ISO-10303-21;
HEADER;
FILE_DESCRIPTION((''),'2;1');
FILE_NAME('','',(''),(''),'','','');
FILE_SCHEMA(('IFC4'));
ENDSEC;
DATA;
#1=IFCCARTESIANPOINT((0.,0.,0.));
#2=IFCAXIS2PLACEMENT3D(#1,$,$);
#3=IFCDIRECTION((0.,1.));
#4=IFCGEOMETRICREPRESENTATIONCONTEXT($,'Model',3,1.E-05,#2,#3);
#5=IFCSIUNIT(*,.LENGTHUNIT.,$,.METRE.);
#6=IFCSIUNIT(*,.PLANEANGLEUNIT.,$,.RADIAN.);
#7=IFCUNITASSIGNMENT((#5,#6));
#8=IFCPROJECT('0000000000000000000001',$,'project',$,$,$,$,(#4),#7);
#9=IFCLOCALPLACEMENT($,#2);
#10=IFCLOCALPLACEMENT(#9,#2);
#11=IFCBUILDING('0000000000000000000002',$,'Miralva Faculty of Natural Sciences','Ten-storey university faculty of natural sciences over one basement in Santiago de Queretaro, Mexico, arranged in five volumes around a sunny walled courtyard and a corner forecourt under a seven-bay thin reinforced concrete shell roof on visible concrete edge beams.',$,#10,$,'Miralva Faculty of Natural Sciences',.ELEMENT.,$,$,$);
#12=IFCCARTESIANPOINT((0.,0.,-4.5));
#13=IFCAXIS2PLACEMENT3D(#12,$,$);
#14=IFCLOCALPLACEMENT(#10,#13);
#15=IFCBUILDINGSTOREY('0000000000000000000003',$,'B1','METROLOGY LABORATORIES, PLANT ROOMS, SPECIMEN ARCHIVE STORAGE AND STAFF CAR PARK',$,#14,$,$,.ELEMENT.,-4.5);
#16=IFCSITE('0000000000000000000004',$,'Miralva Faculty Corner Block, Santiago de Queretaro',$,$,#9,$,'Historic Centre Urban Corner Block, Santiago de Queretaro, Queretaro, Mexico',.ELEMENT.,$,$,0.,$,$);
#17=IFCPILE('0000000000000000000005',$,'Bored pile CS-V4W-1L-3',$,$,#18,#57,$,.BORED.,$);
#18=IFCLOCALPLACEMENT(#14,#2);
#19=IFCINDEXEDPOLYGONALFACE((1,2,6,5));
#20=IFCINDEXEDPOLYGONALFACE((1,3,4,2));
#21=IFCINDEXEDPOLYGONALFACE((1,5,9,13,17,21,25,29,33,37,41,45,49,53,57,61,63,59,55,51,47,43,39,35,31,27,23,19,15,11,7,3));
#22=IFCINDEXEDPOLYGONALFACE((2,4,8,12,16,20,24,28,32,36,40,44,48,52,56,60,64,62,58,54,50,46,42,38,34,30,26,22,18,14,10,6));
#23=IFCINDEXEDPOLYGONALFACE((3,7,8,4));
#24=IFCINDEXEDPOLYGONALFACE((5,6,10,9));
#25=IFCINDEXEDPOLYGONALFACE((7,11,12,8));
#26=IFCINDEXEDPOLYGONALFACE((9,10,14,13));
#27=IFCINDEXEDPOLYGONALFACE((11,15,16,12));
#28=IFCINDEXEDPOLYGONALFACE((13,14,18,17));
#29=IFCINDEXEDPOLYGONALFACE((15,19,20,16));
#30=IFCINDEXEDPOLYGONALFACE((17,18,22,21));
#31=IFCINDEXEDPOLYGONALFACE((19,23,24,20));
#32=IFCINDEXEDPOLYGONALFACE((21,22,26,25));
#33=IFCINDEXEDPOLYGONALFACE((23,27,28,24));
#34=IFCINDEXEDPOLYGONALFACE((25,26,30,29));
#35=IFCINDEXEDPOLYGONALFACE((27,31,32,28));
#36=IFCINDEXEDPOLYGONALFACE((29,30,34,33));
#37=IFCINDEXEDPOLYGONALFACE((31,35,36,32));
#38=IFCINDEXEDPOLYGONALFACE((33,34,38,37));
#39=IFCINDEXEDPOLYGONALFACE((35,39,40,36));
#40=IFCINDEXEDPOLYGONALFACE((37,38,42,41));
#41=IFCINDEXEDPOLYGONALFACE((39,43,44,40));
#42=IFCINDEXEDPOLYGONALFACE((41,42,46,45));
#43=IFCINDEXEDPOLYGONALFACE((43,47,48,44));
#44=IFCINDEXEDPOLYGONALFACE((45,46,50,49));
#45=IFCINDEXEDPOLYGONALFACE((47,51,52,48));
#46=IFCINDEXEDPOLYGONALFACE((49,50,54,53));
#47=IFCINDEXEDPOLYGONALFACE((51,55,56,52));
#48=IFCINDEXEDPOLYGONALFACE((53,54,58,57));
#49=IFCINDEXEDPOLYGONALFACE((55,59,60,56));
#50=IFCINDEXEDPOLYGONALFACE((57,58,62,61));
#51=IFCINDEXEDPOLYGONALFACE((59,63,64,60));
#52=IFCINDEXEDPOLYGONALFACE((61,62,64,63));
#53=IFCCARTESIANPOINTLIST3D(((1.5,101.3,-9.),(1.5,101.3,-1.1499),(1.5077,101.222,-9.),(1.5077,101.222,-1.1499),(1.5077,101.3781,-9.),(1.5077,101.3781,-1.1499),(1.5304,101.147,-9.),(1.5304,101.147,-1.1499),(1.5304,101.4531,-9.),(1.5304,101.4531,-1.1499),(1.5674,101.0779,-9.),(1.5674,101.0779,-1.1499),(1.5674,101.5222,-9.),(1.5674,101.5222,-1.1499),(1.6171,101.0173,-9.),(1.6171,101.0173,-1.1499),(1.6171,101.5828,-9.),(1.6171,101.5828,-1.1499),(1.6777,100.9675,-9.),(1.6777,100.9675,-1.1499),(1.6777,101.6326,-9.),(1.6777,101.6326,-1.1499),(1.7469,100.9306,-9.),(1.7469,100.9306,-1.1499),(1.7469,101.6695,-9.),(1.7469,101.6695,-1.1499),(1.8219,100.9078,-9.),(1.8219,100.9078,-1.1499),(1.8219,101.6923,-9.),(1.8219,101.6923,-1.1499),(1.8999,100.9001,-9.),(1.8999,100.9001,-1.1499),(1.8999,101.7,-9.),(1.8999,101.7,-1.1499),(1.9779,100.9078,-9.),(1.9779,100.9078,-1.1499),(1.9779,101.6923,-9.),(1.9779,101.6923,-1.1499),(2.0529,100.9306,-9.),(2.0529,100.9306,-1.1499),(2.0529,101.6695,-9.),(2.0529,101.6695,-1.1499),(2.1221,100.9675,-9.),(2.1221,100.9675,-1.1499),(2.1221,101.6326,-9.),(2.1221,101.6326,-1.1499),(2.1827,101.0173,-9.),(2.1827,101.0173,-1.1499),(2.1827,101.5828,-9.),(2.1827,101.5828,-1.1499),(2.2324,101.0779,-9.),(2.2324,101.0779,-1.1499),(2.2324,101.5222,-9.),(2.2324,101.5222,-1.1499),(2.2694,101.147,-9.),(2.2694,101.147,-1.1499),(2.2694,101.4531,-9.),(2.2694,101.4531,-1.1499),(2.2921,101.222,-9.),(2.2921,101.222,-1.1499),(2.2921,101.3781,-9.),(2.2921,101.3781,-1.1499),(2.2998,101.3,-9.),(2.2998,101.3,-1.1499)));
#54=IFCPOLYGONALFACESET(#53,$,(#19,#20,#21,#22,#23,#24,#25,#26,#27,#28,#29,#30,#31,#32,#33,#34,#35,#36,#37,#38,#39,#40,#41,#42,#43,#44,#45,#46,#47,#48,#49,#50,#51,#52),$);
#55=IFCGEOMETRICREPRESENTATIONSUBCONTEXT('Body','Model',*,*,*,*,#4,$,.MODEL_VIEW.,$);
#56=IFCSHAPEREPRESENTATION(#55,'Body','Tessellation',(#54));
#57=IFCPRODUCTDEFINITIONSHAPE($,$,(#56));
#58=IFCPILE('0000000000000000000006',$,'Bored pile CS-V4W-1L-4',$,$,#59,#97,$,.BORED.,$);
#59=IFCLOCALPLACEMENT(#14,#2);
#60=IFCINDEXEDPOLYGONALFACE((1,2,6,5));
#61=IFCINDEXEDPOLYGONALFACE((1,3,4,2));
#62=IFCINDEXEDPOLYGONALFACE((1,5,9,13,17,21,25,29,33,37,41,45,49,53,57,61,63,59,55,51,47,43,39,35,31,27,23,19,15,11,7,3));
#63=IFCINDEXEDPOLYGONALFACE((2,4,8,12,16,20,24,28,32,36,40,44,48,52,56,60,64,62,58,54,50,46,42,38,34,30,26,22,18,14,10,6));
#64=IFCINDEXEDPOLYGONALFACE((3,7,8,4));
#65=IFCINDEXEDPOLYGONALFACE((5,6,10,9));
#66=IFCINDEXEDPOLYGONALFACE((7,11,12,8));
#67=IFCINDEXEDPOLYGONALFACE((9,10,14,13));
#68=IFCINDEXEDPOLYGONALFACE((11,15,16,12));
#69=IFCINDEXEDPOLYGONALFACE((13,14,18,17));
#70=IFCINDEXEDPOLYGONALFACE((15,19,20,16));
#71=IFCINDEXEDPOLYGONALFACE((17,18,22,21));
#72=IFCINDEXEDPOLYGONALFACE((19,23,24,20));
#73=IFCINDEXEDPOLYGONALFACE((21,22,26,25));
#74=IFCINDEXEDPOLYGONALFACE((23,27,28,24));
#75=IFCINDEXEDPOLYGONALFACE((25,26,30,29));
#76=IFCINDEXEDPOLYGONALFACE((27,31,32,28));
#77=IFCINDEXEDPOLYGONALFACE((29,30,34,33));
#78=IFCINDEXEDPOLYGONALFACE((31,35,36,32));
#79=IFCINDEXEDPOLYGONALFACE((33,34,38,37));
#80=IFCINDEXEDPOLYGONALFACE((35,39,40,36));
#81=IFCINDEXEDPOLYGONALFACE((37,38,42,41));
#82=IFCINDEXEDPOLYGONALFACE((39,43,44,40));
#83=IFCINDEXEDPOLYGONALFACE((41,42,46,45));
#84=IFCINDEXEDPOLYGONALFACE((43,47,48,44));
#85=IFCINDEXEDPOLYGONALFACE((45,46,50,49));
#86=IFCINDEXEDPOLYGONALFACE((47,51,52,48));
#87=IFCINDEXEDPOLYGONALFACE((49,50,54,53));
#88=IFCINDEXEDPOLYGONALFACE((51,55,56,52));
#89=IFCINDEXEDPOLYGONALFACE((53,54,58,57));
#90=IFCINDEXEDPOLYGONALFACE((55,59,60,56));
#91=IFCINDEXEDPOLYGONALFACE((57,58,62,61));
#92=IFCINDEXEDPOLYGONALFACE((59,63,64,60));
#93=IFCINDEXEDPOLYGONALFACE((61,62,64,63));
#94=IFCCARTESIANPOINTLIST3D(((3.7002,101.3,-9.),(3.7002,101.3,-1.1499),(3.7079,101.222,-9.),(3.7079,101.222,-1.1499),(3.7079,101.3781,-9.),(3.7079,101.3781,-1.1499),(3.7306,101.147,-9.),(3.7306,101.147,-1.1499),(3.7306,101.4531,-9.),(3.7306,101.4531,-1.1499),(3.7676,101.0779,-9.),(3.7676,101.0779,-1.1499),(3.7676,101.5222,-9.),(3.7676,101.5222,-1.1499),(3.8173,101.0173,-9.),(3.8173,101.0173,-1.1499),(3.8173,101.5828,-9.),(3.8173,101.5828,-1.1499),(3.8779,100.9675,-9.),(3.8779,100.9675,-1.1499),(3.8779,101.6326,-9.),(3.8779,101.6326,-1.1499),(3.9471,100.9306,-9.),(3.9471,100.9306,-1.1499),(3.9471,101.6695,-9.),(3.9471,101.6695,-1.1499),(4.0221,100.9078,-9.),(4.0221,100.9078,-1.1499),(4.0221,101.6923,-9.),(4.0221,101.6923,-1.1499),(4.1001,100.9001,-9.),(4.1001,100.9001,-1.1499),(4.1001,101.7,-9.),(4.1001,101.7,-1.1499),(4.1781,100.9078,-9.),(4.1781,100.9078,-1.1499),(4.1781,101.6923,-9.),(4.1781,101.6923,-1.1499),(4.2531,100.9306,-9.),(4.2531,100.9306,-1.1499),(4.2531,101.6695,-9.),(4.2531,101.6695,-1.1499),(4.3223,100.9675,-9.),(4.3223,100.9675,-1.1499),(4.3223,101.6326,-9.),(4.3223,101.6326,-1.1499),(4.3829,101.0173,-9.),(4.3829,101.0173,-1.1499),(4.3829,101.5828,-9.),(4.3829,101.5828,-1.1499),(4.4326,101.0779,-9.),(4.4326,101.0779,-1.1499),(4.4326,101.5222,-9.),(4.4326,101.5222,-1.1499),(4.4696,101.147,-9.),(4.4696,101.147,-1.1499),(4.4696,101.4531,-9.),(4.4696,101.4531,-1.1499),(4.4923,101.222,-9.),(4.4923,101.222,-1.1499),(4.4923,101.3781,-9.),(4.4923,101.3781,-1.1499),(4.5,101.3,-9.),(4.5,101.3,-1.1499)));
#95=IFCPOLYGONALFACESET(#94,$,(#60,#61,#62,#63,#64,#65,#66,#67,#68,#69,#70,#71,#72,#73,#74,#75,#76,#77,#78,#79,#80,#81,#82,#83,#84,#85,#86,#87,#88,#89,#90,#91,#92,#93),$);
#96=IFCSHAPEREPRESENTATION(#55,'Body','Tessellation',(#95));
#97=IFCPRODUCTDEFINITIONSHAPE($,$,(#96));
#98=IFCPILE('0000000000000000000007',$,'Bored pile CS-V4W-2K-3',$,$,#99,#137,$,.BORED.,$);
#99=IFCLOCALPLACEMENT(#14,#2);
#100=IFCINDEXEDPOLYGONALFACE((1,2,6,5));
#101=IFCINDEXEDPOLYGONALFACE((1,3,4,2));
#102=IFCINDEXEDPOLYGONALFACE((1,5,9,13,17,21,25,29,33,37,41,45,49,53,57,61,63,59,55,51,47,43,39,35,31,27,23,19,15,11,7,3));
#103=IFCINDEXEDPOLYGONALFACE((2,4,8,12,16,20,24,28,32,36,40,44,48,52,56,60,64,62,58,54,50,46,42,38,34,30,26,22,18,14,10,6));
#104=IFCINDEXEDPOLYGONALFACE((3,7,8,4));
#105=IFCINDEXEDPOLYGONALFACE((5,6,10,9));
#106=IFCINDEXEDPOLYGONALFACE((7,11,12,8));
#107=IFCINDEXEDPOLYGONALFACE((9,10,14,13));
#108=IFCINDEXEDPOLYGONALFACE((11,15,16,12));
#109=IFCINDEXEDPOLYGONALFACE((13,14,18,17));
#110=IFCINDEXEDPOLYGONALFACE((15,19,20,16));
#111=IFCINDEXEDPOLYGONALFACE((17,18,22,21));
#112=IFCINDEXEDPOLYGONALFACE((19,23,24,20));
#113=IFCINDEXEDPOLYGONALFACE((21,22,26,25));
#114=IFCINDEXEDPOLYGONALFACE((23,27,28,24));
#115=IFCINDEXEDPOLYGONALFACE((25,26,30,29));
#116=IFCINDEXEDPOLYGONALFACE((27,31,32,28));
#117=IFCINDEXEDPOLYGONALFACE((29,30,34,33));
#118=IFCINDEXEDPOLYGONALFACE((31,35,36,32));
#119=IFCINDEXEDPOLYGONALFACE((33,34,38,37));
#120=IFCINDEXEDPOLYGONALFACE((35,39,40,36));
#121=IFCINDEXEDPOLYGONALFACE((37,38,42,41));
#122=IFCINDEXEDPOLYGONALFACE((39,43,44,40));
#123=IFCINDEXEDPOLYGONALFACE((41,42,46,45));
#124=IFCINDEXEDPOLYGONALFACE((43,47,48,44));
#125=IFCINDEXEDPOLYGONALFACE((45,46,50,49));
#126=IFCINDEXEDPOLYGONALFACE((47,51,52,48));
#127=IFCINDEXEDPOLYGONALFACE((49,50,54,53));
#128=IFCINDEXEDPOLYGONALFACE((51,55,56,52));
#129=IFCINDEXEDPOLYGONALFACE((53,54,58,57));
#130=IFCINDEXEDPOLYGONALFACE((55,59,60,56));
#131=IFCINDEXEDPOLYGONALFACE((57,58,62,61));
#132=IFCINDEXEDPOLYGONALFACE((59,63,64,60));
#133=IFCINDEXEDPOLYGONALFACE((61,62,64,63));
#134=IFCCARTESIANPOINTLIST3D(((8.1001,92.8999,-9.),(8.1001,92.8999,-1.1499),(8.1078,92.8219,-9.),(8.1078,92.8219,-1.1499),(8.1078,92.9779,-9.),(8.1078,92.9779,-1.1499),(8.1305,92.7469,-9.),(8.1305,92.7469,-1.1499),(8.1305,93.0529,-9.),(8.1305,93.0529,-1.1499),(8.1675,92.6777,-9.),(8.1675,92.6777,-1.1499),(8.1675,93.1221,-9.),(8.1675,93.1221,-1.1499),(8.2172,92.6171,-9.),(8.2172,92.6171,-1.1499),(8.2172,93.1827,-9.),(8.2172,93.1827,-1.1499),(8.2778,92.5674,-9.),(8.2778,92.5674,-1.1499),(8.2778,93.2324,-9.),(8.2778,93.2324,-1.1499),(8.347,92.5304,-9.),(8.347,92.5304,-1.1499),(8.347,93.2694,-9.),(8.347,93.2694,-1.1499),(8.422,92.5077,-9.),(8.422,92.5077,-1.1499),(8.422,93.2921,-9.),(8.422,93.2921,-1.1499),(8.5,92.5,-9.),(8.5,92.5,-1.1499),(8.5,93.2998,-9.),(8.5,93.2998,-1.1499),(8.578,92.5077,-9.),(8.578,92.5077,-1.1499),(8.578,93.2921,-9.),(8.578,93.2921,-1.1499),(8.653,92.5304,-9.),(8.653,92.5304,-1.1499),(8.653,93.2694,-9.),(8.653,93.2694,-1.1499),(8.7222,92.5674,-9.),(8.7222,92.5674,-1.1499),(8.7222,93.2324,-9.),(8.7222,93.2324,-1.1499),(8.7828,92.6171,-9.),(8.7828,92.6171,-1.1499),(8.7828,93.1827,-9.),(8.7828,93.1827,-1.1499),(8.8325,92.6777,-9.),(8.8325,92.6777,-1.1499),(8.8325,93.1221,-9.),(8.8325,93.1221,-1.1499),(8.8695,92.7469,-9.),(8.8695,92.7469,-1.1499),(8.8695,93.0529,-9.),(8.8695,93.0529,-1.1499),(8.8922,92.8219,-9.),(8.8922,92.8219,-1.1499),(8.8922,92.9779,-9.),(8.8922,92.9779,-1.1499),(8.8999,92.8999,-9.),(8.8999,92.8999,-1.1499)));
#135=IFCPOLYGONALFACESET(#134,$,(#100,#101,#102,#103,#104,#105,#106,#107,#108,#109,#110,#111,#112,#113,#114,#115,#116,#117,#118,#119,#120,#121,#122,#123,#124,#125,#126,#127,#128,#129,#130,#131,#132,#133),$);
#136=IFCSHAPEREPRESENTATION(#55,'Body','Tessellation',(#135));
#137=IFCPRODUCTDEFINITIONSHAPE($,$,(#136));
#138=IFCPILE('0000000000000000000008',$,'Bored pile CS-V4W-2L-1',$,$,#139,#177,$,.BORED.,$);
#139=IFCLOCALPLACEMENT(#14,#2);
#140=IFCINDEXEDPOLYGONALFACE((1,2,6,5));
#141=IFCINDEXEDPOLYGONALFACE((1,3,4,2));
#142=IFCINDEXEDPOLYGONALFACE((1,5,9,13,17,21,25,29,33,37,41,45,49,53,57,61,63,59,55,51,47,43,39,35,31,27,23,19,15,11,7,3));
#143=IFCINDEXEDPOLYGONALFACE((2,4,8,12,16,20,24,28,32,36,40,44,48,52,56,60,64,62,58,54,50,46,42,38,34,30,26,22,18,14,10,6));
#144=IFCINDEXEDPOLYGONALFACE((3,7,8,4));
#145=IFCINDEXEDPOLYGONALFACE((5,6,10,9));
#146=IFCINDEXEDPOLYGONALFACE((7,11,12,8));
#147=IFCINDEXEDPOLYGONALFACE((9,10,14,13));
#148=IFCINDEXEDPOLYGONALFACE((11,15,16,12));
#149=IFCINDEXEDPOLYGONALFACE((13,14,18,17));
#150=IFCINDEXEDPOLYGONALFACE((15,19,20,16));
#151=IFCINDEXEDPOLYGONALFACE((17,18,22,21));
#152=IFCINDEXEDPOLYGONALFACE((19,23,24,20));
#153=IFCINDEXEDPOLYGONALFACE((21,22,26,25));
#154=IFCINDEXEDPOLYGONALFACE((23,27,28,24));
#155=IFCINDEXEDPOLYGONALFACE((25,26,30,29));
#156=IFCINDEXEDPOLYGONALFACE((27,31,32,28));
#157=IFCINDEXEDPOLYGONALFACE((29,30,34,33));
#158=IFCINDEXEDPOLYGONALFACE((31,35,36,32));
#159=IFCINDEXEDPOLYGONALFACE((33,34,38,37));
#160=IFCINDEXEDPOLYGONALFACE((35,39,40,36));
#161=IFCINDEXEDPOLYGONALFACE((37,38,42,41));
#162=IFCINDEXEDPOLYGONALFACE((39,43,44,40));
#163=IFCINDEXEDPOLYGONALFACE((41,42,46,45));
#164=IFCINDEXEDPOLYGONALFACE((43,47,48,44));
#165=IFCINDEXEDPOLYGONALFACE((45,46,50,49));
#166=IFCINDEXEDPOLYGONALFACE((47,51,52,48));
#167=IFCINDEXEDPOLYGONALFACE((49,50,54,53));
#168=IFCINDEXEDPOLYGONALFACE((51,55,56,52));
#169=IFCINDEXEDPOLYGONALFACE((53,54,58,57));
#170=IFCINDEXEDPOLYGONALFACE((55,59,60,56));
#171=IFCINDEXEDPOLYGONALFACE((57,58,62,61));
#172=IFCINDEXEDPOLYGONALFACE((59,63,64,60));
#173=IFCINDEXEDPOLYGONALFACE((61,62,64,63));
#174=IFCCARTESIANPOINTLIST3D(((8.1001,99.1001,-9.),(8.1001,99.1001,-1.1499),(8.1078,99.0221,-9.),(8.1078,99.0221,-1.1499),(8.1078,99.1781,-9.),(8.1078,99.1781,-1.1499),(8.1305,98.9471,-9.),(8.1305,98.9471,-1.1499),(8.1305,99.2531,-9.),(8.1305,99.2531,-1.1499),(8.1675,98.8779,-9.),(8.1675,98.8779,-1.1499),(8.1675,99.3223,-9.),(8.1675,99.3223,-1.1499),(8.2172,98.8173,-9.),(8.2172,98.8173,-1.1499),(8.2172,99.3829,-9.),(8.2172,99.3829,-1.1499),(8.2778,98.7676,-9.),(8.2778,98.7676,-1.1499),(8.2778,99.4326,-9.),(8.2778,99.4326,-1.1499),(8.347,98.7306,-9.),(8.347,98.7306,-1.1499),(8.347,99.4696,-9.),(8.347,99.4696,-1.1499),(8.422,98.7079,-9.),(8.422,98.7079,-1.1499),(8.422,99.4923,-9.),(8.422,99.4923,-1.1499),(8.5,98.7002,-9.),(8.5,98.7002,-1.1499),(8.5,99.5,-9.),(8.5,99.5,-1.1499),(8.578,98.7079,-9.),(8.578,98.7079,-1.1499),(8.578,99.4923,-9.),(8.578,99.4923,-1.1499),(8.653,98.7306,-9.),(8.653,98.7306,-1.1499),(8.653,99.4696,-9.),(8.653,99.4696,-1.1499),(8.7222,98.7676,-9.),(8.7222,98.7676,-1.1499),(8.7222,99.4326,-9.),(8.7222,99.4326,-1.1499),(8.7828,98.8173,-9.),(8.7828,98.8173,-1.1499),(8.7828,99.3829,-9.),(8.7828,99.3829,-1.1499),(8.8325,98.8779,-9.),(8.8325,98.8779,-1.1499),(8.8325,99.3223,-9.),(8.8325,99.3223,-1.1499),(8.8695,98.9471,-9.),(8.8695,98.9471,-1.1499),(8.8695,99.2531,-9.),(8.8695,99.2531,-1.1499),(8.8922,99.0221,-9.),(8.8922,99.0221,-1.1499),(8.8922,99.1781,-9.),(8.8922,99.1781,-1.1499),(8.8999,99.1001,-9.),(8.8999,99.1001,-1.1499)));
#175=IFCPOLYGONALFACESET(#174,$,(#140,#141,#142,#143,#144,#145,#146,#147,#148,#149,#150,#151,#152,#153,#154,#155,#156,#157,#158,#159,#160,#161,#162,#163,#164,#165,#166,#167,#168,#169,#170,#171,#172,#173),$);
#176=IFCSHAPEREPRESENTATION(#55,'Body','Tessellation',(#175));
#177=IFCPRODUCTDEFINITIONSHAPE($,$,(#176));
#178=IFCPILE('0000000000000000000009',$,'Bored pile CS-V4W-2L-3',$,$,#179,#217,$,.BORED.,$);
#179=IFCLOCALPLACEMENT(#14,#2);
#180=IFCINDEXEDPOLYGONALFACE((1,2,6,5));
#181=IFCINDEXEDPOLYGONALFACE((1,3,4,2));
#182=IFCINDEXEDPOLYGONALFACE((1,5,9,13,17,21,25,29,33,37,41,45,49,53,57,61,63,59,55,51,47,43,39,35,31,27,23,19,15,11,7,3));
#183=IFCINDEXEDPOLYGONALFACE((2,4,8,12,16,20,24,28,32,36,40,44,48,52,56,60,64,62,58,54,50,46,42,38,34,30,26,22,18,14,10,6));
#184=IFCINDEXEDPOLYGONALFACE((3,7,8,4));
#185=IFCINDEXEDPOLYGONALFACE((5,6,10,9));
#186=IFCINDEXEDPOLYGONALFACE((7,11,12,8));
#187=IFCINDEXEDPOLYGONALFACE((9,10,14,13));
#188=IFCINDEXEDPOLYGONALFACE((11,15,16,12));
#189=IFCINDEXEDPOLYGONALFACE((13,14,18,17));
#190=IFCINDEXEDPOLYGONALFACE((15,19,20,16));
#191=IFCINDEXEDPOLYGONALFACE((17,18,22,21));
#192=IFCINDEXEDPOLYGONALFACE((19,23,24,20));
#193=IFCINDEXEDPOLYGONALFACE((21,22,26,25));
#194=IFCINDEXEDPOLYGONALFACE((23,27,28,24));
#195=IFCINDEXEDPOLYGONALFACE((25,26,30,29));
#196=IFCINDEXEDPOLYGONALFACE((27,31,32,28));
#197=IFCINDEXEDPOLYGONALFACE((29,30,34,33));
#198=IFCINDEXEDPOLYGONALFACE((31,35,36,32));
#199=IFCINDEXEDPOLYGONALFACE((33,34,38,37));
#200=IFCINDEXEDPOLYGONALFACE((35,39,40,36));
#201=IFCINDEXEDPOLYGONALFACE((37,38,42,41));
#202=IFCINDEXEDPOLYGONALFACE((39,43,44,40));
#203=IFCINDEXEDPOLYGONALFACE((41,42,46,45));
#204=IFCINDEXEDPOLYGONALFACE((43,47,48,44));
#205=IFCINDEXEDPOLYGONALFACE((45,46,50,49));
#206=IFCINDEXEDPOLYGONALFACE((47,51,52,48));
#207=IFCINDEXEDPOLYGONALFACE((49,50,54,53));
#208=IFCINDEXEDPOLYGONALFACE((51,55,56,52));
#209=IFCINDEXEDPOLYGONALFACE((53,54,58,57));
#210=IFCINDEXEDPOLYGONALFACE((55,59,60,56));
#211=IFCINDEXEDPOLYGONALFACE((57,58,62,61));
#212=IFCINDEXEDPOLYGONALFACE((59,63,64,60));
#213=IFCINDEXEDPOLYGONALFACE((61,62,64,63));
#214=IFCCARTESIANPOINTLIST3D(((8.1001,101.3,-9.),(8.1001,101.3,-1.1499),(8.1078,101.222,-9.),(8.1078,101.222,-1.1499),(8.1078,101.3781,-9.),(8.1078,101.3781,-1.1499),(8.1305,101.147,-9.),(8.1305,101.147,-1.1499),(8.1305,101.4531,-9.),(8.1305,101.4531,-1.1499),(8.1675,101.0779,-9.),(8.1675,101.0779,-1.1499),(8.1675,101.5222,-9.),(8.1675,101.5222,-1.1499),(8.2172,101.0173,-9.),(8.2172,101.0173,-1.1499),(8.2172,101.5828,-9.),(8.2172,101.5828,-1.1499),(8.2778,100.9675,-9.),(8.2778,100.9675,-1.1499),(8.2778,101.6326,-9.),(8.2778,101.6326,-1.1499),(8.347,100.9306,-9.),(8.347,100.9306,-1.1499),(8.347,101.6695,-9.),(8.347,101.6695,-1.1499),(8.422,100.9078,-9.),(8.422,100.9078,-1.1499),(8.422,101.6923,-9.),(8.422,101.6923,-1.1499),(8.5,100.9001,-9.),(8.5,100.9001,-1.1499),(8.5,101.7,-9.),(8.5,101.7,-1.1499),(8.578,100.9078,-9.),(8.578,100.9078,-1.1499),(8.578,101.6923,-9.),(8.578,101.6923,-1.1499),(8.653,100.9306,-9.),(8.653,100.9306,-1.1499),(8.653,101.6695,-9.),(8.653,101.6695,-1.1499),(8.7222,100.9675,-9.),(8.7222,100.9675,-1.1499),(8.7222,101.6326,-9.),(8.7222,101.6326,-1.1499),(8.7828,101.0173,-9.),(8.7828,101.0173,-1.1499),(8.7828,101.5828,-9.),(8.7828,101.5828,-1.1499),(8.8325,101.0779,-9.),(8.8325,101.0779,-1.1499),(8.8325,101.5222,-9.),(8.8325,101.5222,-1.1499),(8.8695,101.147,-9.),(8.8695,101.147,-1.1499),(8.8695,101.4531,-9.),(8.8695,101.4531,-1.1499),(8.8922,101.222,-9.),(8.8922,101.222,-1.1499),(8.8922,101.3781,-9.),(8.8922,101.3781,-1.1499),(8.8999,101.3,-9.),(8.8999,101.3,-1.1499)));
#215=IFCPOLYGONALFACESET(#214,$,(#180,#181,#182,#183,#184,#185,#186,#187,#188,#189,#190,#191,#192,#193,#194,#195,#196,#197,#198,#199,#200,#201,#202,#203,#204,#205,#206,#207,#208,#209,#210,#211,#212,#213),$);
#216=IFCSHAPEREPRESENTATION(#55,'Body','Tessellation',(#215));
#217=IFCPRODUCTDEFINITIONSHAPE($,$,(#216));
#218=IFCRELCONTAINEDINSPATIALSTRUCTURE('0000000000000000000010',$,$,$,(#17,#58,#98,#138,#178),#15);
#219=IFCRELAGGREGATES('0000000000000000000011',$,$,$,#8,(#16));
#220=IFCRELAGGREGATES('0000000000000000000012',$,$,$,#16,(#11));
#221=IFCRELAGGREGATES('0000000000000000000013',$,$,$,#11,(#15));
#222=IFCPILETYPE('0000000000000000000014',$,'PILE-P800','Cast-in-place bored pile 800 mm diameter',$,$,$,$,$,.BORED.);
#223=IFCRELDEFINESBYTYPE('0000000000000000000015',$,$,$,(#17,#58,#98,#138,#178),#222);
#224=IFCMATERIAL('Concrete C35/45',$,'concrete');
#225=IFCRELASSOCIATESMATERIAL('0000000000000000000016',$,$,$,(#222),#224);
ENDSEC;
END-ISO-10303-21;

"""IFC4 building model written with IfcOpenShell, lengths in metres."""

from ifc_helpers import new_model, si_unit, direction, frame, origin, origin_2d, place, context, subcontext, project, spatial, circle, extrude, material, material_profile, profile_set, type_object, element, save


model = new_model("IFC4")

# Units and contexts
model_context = context("Model", 3, precision=1e-05, world=origin(), true_north=direction((0.0, 1.0)))
body_context = subcontext(model_context, "Body", "Model", "MODEL_VIEW")
ifc_project = project(units=[si_unit("LENGTHUNIT", "METRE"), si_unit("PLANEANGLEUNIT", "RADIAN")], contexts=[model_context])

# Site, building, storey
site_placement = place(None, origin())
site = spatial("IfcSite", under=ifc_project, at=site_placement, Name="Miralva Faculty Corner Block, Santiago de Queretaro", LongName="Historic Centre Urban Corner Block, Santiago de Queretaro, Queretaro, Mexico", CompositionType="ELEMENT", RefElevation=0.0)
building_placement = place(site_placement, origin())
building = spatial("IfcBuilding", under=site, at=building_placement, Name="Miralva Faculty of Natural Sciences", Description="Ten-storey university faculty of natural sciences over one basement in Santiago de Queretaro, Mexico, arranged in five volumes around a sunny walled courtyard and a corner forecourt under a seven-bay thin reinforced concrete shell roof on visible concrete edge beams.", LongName="Miralva Faculty of Natural Sciences", CompositionType="ELEMENT")
storey_placement = place(building_placement, frame((0.0, 0.0, -4.5)))
storey = spatial("IfcBuildingStorey", under=building, at=storey_placement, Name="B1", Description="METROLOGY LABORATORIES, PLANT ROOMS, SPECIMEN ARCHIVE STORAGE AND STAFF CAR PARK", CompositionType="ELEMENT", Elevation=-4.5)

# Shared definitions
ifc_material_1 = material(Name="Concrete C35/45", Category="concrete")

# Piles
ifc_material_profile_1 = material_profile(ifc_material_1, circle(Radius=0.3999, at=origin_2d()), Name="BORED PILE 800")
ifc_profile_set_1 = profile_set([ifc_material_profile_1], Name="Concrete C35/45")
pile_type = type_object("IfcPileType", Name="PILE-P800", Description="Cast-in-place bored pile 800 mm diameter", PredefinedType="BORED", material=ifc_profile_set_1)
for number, where, z_axis, x_axis, name in (
    (1, (1.8999, 101.3, -1.1499), (0.0, 0.0, -1.0), (1.0, 0.0, 0.0), "Bored pile CS-V4W-1L-3"),
    (2, (4.1001, 101.3, -1.1499), (0.0, 0.0, -1.0), (1.0, 0.0, 0.0), "Bored pile CS-V4W-1L-4"),
    (3, (8.5, 92.8999, -1.1499), (0.0, 0.0, -1.0), (1.0, 0.0, 0.0), "Bored pile CS-V4W-2K-3"),
    (4, (8.5, 99.1001, -1.1499), (0.0, 0.0, -1.0), (1.0, 0.0, 0.0), "Bored pile CS-V4W-2L-1"),
    (5, (8.5, 101.3, -1.1499), (0.0, 0.0, -1.0), (1.0, 0.0, 0.0), "Bored pile CS-V4W-2L-3"),
):
    element("IfcPile", number, at=place(storey_placement, frame(where, z_axis=z_axis, x_axis=x_axis)), inside=storey, type_object=pile_type, Name=name, PredefinedType="BORED", context=body_context, shape_type="SweptSolid", body=[
        extrude(circle(Radius=0.3999, at=origin_2d()), origin(), (0.0, 0.0, 1.0), 7.8501),
    ])

save(model, "model.ifc")
